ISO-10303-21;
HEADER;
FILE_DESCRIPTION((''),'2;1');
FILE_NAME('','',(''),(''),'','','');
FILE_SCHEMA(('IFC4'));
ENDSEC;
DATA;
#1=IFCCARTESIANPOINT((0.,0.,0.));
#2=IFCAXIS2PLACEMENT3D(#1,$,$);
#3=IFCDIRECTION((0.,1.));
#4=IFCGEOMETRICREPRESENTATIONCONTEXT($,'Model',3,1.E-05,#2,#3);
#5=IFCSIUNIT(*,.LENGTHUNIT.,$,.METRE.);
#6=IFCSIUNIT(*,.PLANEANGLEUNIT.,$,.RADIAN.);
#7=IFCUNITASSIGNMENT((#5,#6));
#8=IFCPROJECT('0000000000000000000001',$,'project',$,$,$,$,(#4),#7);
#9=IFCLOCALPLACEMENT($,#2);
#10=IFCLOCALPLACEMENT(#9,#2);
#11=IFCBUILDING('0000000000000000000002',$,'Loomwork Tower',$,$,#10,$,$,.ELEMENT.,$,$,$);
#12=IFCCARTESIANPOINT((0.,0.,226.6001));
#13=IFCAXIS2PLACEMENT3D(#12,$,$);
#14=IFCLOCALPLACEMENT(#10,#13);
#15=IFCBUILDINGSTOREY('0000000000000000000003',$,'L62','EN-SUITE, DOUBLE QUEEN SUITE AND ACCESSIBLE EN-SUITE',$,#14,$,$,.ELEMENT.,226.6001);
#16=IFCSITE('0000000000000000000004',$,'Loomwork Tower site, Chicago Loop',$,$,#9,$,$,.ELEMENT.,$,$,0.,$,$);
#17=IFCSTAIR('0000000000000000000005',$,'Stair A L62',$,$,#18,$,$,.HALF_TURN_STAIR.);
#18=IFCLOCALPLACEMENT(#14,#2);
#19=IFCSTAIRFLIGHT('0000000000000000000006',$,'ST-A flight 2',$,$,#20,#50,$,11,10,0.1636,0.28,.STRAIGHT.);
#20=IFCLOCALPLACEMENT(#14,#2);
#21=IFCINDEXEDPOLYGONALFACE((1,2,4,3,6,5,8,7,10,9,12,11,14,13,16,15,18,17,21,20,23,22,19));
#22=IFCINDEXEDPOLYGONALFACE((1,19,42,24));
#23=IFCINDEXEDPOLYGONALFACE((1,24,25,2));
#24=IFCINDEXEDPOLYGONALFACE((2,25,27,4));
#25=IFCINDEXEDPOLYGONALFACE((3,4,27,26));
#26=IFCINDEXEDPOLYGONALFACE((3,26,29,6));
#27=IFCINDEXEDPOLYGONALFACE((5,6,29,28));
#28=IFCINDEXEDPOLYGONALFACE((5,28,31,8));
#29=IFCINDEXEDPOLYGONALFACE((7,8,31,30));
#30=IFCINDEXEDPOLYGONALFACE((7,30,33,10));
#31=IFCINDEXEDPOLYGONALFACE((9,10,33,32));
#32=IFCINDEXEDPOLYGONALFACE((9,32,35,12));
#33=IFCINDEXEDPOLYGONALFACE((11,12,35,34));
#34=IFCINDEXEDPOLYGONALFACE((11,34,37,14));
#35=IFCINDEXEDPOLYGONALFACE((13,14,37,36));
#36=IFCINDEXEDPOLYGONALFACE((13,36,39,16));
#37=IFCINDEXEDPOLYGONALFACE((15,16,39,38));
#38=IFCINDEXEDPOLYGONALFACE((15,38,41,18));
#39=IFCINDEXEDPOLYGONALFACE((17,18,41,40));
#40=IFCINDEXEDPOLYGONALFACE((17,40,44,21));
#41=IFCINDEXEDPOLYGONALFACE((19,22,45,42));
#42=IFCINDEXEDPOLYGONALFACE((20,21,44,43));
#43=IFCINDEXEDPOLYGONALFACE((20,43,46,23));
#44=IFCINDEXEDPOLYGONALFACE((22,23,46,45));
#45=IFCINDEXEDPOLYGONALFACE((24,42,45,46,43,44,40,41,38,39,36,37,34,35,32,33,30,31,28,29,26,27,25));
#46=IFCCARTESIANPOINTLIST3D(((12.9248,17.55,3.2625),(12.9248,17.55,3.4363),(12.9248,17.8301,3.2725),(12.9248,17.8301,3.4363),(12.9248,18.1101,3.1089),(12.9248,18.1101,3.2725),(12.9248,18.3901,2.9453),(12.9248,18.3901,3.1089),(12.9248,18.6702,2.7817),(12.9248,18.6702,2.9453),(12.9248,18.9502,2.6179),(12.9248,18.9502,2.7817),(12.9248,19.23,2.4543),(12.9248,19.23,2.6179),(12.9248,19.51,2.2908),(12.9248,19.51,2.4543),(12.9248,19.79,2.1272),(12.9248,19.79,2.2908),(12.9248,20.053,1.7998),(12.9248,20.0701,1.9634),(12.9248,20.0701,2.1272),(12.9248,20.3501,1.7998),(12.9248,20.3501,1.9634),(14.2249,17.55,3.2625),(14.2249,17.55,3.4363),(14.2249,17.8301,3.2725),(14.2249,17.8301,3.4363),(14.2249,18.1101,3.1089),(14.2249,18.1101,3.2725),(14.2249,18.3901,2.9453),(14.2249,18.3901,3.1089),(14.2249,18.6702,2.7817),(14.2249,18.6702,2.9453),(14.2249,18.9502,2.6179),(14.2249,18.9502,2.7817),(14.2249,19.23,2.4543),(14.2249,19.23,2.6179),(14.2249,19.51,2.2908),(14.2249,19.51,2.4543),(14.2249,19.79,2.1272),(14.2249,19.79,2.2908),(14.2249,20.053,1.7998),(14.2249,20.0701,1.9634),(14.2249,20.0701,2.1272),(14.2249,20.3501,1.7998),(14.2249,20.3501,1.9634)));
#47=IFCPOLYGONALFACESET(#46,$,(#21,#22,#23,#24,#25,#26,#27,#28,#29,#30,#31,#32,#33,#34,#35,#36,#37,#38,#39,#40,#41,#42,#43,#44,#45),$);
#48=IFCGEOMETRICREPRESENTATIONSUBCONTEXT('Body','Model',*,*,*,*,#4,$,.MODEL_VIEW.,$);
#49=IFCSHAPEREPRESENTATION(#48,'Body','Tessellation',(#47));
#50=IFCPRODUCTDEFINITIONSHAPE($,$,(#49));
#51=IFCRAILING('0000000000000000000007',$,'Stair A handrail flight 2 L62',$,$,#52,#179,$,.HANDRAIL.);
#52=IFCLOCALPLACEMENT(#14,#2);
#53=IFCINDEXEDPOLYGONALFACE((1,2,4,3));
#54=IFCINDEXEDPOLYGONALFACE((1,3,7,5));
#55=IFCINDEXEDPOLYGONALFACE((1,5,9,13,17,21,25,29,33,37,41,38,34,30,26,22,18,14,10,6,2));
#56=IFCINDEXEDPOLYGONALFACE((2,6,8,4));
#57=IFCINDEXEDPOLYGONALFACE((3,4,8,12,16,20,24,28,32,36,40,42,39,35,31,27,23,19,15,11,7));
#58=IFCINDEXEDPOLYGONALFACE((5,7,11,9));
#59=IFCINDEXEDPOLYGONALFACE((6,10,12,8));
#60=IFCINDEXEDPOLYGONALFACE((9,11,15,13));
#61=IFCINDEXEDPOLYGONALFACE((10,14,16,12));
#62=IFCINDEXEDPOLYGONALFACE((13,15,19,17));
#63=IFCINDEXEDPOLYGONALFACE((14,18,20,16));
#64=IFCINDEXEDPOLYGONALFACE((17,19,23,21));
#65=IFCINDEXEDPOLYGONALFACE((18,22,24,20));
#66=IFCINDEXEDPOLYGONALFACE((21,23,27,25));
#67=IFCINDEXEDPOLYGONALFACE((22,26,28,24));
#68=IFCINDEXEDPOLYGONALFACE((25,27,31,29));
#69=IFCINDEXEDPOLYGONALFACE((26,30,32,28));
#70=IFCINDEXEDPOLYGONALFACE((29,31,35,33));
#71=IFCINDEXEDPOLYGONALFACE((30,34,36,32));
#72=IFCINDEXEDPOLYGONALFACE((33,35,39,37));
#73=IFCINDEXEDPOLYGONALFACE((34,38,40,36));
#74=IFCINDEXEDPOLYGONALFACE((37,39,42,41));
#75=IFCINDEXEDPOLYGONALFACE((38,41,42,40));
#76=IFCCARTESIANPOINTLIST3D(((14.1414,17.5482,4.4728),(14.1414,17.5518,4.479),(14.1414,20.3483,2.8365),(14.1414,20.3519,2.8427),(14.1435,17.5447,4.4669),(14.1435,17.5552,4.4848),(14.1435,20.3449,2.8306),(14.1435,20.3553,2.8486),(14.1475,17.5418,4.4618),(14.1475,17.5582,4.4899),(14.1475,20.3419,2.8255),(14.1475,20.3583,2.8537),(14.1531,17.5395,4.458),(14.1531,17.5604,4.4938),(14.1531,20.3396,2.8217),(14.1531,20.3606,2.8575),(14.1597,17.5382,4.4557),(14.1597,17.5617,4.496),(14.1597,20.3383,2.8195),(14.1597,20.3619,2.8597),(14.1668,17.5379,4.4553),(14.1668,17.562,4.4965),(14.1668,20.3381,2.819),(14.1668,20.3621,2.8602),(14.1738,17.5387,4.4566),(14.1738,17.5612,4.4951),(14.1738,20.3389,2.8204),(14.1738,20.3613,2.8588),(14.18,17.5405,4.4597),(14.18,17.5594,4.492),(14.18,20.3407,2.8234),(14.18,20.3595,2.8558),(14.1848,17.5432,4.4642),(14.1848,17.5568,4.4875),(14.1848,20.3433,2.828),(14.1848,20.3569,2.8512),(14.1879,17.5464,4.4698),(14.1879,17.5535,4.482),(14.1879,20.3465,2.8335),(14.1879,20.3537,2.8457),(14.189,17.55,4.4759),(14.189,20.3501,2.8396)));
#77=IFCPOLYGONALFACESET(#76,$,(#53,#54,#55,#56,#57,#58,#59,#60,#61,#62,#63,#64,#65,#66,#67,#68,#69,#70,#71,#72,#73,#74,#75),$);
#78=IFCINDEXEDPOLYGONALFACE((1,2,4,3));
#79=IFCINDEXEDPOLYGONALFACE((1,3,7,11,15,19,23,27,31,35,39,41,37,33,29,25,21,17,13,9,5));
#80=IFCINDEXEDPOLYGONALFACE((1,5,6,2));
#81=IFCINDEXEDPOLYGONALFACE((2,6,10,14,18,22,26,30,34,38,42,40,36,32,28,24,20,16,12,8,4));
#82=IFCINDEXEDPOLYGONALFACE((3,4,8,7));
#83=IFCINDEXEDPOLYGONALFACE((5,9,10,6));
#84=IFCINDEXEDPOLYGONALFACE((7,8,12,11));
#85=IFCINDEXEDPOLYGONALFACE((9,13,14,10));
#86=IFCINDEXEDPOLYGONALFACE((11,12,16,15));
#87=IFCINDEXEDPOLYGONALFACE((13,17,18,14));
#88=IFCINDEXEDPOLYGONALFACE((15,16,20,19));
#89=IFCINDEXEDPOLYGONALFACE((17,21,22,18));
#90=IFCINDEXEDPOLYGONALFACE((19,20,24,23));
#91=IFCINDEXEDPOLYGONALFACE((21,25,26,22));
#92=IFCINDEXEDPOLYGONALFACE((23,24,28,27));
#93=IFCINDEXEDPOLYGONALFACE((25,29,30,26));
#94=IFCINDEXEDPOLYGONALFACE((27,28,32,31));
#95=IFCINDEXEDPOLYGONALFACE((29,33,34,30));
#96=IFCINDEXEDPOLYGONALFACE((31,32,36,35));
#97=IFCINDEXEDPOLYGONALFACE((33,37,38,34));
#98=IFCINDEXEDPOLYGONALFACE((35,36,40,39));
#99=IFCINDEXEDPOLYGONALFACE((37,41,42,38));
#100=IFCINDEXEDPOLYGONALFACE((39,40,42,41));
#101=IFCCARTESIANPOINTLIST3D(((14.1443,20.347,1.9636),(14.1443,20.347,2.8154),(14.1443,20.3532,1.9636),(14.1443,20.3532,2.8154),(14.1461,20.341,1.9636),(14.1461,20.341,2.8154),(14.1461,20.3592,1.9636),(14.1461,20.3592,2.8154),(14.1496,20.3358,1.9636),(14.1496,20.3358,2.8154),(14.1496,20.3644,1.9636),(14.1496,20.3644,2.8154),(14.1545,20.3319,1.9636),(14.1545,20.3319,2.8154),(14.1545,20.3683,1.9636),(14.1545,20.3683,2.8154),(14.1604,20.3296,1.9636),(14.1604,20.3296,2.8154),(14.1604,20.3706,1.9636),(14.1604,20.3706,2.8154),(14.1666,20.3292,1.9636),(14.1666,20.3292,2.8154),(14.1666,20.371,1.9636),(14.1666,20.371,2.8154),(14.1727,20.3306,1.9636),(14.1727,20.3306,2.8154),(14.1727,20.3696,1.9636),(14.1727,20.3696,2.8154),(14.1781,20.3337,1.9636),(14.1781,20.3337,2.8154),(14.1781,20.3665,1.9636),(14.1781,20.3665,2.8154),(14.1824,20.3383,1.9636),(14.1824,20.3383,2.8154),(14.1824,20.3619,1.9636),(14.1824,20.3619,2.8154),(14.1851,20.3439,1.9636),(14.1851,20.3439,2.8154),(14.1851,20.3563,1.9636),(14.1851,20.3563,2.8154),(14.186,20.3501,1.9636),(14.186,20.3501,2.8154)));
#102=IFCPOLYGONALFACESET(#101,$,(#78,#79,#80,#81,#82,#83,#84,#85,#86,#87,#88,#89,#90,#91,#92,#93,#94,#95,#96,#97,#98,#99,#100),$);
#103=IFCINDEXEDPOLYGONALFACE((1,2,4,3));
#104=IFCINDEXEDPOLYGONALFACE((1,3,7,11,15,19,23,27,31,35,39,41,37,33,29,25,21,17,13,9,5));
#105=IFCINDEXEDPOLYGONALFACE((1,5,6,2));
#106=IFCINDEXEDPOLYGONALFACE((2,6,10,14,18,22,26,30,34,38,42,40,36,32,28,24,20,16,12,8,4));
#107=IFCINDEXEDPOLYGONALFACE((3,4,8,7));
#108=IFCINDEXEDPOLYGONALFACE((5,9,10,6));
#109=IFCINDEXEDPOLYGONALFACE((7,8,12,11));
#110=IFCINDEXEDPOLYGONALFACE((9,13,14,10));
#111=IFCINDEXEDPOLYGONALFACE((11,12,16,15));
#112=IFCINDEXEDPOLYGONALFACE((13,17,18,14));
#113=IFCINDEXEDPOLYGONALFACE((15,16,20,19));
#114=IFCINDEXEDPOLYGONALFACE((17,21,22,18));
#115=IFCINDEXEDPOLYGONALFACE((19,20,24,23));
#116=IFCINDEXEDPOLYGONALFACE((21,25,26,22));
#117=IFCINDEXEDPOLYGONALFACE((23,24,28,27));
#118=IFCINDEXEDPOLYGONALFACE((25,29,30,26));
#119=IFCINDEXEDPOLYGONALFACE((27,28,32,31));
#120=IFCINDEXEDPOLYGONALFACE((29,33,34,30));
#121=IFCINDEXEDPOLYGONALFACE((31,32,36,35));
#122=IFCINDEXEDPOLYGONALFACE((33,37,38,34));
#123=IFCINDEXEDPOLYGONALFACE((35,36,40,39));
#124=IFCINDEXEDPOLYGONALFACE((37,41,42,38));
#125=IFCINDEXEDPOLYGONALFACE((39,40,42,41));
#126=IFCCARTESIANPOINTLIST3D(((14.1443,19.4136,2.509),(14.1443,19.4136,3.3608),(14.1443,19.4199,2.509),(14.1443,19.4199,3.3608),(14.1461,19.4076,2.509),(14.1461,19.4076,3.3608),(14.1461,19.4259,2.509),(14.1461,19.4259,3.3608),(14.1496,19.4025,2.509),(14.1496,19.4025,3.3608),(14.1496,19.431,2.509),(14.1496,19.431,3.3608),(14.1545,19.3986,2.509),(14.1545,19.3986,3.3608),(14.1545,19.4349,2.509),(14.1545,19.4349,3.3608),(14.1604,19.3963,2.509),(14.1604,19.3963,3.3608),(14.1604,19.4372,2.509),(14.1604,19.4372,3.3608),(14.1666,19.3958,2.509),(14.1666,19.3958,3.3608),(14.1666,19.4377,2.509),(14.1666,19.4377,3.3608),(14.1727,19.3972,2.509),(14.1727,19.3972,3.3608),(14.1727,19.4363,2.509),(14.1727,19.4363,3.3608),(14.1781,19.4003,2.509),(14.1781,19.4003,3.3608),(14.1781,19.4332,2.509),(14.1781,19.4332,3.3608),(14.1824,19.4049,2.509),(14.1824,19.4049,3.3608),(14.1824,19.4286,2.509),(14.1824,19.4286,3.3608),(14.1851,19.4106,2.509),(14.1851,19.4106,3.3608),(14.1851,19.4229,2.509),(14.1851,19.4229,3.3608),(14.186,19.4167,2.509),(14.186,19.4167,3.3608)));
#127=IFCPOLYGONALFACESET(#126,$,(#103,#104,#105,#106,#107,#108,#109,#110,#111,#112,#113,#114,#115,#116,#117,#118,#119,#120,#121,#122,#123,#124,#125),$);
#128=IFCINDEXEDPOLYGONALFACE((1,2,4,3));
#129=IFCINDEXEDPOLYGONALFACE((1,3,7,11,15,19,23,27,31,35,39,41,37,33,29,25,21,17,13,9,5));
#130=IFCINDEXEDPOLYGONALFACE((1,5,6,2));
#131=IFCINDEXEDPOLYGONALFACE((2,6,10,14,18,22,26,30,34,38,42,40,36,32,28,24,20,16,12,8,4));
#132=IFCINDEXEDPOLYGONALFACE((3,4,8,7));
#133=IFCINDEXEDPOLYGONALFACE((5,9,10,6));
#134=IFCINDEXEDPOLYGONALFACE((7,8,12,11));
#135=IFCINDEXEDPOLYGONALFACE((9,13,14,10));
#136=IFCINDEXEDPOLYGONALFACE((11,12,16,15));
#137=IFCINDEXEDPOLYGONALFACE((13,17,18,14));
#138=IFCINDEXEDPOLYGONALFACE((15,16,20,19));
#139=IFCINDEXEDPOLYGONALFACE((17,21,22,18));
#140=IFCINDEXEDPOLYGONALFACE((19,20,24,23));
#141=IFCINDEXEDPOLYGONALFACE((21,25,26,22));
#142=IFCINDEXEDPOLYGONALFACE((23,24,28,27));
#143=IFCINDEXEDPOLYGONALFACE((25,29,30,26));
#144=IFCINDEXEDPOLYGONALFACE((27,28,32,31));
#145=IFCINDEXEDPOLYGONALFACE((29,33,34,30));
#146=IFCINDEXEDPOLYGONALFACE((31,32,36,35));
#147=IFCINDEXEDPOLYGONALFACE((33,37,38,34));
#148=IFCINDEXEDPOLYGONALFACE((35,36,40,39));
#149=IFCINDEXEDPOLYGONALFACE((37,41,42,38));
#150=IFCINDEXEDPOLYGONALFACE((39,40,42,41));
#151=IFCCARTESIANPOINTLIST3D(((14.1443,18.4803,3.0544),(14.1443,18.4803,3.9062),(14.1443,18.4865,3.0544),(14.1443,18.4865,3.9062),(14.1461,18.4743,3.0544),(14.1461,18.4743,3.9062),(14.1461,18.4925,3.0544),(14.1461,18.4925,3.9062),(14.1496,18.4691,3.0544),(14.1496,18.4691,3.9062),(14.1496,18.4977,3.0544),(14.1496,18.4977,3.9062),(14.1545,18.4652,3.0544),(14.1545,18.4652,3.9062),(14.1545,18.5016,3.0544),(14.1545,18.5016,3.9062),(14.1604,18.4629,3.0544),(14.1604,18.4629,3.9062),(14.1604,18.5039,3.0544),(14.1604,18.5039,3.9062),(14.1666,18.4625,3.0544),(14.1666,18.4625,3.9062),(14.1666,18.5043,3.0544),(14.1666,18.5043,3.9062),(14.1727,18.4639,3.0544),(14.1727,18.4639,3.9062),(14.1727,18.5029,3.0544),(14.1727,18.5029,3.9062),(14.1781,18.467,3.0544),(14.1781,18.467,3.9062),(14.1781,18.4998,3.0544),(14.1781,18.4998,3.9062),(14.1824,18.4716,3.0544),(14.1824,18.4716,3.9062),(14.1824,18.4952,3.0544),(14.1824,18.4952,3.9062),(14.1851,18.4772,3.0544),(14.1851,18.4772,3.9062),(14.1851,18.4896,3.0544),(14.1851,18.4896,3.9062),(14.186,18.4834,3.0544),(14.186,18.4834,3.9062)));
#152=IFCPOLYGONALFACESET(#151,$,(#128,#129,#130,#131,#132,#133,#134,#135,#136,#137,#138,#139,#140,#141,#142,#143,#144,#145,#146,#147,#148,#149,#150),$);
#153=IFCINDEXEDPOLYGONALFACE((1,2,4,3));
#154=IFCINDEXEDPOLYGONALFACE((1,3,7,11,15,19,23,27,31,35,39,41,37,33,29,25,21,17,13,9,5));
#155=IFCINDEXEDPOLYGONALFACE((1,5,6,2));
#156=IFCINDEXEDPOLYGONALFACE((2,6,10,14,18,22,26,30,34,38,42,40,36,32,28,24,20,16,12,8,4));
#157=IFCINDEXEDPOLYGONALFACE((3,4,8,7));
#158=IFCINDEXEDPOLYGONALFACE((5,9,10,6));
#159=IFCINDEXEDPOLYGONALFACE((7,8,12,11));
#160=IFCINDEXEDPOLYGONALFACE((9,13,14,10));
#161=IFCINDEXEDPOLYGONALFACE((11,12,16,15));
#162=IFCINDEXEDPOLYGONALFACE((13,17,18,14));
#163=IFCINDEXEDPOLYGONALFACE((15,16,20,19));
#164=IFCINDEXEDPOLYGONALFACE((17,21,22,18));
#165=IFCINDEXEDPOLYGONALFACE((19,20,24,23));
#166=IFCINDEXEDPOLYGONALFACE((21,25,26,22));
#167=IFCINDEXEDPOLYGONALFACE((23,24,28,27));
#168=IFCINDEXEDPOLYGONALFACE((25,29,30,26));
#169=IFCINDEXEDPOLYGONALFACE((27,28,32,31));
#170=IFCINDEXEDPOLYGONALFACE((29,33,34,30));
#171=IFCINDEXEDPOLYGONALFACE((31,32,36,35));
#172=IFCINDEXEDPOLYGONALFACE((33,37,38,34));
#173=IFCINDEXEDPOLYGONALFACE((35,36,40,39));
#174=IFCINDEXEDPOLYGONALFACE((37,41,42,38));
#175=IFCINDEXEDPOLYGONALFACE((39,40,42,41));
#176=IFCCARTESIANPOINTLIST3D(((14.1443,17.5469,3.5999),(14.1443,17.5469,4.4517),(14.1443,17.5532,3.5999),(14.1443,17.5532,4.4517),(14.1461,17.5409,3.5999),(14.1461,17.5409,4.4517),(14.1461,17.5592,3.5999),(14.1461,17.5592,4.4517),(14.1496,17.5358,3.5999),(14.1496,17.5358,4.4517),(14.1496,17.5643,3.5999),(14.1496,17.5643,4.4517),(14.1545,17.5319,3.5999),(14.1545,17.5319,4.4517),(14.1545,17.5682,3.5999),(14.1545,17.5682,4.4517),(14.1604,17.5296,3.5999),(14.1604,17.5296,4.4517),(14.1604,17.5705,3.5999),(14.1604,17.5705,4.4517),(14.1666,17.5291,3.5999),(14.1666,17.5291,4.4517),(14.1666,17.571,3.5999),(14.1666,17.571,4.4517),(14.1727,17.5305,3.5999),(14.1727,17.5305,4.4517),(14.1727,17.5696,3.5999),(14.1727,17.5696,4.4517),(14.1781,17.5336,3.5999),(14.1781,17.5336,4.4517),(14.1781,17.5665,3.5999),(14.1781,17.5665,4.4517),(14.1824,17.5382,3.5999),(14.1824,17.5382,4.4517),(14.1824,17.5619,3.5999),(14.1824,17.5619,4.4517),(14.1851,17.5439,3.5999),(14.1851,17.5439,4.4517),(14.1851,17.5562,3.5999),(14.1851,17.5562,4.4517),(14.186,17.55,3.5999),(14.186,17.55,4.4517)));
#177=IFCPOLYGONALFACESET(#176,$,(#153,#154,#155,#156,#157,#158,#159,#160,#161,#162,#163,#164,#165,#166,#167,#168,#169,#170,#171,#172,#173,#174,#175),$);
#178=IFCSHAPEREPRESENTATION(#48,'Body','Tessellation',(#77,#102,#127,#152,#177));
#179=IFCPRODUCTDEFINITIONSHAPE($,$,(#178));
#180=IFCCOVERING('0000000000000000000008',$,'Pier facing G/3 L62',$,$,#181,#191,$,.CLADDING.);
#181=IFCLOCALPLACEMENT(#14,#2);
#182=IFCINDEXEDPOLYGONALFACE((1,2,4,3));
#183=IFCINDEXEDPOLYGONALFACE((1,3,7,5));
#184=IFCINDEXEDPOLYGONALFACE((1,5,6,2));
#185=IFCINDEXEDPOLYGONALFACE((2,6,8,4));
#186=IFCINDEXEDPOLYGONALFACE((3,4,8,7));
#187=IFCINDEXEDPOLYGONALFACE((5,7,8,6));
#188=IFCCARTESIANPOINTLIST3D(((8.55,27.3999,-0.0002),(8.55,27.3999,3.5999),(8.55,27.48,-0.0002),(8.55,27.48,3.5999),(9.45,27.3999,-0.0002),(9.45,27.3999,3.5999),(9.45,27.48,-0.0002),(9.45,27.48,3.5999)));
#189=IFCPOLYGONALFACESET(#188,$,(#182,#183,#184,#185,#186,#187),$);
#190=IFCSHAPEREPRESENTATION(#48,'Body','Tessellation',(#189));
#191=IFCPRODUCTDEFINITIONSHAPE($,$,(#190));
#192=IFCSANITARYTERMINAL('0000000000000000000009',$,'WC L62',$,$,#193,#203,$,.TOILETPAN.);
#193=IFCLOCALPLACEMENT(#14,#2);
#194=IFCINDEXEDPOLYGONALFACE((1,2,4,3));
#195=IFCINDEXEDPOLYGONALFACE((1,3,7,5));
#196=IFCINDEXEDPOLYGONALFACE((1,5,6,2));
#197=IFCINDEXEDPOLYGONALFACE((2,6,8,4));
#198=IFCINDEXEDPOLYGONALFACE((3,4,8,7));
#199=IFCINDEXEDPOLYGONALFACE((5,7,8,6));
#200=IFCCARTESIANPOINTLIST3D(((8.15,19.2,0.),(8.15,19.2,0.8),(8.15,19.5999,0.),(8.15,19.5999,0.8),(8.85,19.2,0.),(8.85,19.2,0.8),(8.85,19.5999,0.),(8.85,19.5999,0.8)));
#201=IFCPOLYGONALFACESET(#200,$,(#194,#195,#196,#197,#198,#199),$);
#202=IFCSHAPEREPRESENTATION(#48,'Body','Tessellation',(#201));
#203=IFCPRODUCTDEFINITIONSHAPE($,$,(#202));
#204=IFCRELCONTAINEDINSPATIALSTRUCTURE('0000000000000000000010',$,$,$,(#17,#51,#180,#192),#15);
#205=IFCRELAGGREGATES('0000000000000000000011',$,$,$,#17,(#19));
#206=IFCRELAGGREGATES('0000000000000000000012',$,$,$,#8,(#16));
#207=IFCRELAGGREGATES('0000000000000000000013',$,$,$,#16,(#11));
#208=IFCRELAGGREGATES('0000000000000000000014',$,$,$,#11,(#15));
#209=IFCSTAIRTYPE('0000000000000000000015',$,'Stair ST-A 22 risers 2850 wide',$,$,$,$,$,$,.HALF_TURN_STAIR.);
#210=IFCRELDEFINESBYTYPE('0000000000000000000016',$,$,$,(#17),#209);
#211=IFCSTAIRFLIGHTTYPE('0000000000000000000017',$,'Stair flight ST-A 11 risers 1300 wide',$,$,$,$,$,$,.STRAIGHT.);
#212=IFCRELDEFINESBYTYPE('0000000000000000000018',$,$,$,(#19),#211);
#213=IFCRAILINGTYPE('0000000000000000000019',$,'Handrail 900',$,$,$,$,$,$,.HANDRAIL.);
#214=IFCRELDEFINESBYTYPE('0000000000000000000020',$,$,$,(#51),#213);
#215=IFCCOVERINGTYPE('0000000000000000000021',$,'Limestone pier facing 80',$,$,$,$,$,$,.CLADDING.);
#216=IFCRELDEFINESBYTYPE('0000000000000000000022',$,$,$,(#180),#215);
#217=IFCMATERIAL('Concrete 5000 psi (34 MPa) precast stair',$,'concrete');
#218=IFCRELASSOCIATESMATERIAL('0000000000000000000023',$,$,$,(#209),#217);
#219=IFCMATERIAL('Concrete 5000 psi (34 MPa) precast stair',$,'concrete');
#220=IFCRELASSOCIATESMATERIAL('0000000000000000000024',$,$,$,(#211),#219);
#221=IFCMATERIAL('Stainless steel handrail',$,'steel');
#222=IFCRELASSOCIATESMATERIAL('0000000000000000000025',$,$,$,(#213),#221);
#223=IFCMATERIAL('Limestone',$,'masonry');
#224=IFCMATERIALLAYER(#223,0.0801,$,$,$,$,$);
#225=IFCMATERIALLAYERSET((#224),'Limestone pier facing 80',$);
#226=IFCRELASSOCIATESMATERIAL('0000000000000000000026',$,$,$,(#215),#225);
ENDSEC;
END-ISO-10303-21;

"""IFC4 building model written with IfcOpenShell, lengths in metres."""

from ifc_helpers import new_model, si_unit, direction, frame, origin, origin_2d, place, context, subcontext, project, spatial, polyline, rectangle, circle, outline, extrude, material, layer, layer_set, type_object, element, aggregate, save


model = new_model("IFC4")

# Units and contexts
model_context = context("Model", 3, precision=1e-05, world=origin(), true_north=direction((0.0, 1.0)))
body_context = subcontext(model_context, "Body", "Model", "MODEL_VIEW")
ifc_project = project(units=[si_unit("LENGTHUNIT", "METRE"), si_unit("PLANEANGLEUNIT", "RADIAN")], contexts=[model_context])

# Site, building, storey
site_placement = place(None, origin())
site = spatial("IfcSite", under=ifc_project, at=site_placement, Name="Loomwork Tower site, Chicago Loop", CompositionType="ELEMENT", RefElevation=0.0)
building_placement = place(site_placement, origin())
building = spatial("IfcBuilding", under=site, at=building_placement, Name="Loomwork Tower", CompositionType="ELEMENT")
storey_placement = place(building_placement, frame((0.0, 0.0, 226.6001)))
storey = spatial("IfcBuildingStorey", under=building, at=storey_placement, Name="L62", Description="EN-SUITE, DOUBLE QUEEN SUITE AND ACCESSIBLE EN-SUITE", CompositionType="ELEMENT", Elevation=226.6001)

# Stair, stair flight
ifc_material_1 = material(Name="Concrete 5000 psi (34 MPa) precast stair", Category="concrete")
stair_type = type_object("IfcStairType", Name="Stair ST-A 22 risers 2850 wide", PredefinedType="HALF_TURN_STAIR", material=ifc_material_1)
stair_placement = place(storey_placement, origin())
stair = element("IfcStair", 1, at=stair_placement, inside=storey, type_object=stair_type, Name="Stair A L62", PredefinedType="HALF_TURN_STAIR")
ifc_material_2 = material(Name="Concrete 5000 psi (34 MPa) precast stair", Category="concrete")
stair_flight_type = type_object("IfcStairFlightType", Name="Stair flight ST-A 11 risers 1300 wide", PredefinedType="STRAIGHT", material=ifc_material_2)
stair_flight_placement = place(storey_placement, frame((13.575, 20.3501, 1.7998), z_axis=(0.0, 0.0, 1.0), x_axis=(0.0, -1.0, 0.0)))
stair_flight = element("IfcStairFlight", 2, at=stair_flight_placement, type_object=stair_flight_type, Name="ST-A flight 2", NumberOfRisers=11, NumberOfTreads=10, PredefinedType="STRAIGHT", RiserHeight=0.1636, TreadLength=0.28, context=body_context, shape_type="SweptSolid", body=[
    extrude(outline(polyline([(0.0, 0.0), (0.0, 0.1636), (0.28, 0.1636), (0.28, 0.3274), (0.5601, 0.3274), (0.5601, 0.491), (0.8401, 0.491), (0.8401, 0.6545), (1.1201, 0.6545), (1.1201, 0.8181), (1.3999, 0.8181), (1.3999, 0.9819), (1.6799, 0.9819), (1.6799, 1.1455), (1.96, 1.1455), (1.96, 1.3091), (2.24, 1.3091), (2.24, 1.4727), (2.52, 1.4727), (2.52, 1.6365), (2.8, 1.6365), (2.8, 1.8), (2.8, 1.4626), (0.2971, 0.0), (0.0, 0.0)])), frame((0.0, 0.6499, 0.0), z_axis=(0.0, -1.0, 0.0), x_axis=(1.0, 0.0, 0.0)), (0.0, 0.0, 1.0), 1.3),
])
aggregate(stair, [stair_flight])

# Railing
ifc_material_3 = material(Name="Stainless steel handrail", Category="steel")
railing_type = type_object("IfcRailingType", Name="Handrail 900", PredefinedType="HANDRAIL", material=ifc_material_3)
railing_placement = place(storey_placement, frame((14.165, 20.3501, 1.9636)))
element("IfcRailing", 3, at=railing_placement, inside=storey, type_object=railing_type, Name="Stair A handrail flight 2 L62", PredefinedType="HANDRAIL", context=body_context, shape_type="SweptSolid", body=[
    extrude(circle(Radius=0.0239, at=origin_2d()), frame((0.0, 0.0, 0.876), z_axis=(0.0, -0.863394, 0.504531), x_axis=(1.0, 0.0, 0.0)), (0.0, 0.0, 1.0), 3.2432),
    extrude(circle(Radius=0.021, at=origin_2d()), origin(), (0.0, 0.0, 1.0), 0.8518),
    extrude(circle(Radius=0.021, at=origin_2d()), frame((0.0, -0.9333, 0.5454)), (0.0, 0.0, 1.0), 0.8518),
    extrude(circle(Radius=0.021, at=origin_2d()), frame((0.0, -1.8667, 1.0908)), (0.0, 0.0, 1.0), 0.8518),
    extrude(circle(Radius=0.021, at=origin_2d()), frame((0.0, -2.8, 1.6362)), (0.0, 0.0, 1.0), 0.8518),
])

# Covering
ifc_material_4 = material(Name="Limestone", Category="masonry")
ifc_layer_1 = layer(ifc_material_4, 0.0801)
ifc_layer_set_1 = layer_set([ifc_layer_1], Name="Limestone pier facing 80")
covering_type = type_object("IfcCoveringType", Name="Limestone pier facing 80", PredefinedType="CLADDING", material=ifc_layer_set_1)
covering_placement = place(storey_placement, frame((9.0, 27.4399, -0.0002), z_axis=(0.0, 0.0, 1.0), x_axis=(1.0, 0.0, 0.0)))
element("IfcCovering", 4, at=covering_placement, inside=storey, type_object=covering_type, Name="Pier facing G/3 L62", PredefinedType="CLADDING", context=body_context, shape_type="SweptSolid", body=[
    extrude(rectangle(XDim=0.8999, YDim=0.0801, at=origin_2d()), origin(), (0.0, 0.0, 1.0), 3.6001),
])

# Sanitary terminal
sanitary_terminal_1_placement = place(storey_placement, frame((8.5, 19.3999, 0.0), z_axis=(0.0, 0.0, 1.0), x_axis=(1.0, 0.0, 0.0)))
element("IfcSanitaryTerminal", 5, at=sanitary_terminal_1_placement, inside=storey, Name="WC L62", PredefinedType="TOILETPAN", context=body_context, shape_type="SweptSolid", body=[
    extrude(rectangle(XDim=0.7, YDim=0.3999, at=origin_2d()), origin(), (0.0, 0.0, 1.0), 0.8),
])

save(model, "model.ifc")
